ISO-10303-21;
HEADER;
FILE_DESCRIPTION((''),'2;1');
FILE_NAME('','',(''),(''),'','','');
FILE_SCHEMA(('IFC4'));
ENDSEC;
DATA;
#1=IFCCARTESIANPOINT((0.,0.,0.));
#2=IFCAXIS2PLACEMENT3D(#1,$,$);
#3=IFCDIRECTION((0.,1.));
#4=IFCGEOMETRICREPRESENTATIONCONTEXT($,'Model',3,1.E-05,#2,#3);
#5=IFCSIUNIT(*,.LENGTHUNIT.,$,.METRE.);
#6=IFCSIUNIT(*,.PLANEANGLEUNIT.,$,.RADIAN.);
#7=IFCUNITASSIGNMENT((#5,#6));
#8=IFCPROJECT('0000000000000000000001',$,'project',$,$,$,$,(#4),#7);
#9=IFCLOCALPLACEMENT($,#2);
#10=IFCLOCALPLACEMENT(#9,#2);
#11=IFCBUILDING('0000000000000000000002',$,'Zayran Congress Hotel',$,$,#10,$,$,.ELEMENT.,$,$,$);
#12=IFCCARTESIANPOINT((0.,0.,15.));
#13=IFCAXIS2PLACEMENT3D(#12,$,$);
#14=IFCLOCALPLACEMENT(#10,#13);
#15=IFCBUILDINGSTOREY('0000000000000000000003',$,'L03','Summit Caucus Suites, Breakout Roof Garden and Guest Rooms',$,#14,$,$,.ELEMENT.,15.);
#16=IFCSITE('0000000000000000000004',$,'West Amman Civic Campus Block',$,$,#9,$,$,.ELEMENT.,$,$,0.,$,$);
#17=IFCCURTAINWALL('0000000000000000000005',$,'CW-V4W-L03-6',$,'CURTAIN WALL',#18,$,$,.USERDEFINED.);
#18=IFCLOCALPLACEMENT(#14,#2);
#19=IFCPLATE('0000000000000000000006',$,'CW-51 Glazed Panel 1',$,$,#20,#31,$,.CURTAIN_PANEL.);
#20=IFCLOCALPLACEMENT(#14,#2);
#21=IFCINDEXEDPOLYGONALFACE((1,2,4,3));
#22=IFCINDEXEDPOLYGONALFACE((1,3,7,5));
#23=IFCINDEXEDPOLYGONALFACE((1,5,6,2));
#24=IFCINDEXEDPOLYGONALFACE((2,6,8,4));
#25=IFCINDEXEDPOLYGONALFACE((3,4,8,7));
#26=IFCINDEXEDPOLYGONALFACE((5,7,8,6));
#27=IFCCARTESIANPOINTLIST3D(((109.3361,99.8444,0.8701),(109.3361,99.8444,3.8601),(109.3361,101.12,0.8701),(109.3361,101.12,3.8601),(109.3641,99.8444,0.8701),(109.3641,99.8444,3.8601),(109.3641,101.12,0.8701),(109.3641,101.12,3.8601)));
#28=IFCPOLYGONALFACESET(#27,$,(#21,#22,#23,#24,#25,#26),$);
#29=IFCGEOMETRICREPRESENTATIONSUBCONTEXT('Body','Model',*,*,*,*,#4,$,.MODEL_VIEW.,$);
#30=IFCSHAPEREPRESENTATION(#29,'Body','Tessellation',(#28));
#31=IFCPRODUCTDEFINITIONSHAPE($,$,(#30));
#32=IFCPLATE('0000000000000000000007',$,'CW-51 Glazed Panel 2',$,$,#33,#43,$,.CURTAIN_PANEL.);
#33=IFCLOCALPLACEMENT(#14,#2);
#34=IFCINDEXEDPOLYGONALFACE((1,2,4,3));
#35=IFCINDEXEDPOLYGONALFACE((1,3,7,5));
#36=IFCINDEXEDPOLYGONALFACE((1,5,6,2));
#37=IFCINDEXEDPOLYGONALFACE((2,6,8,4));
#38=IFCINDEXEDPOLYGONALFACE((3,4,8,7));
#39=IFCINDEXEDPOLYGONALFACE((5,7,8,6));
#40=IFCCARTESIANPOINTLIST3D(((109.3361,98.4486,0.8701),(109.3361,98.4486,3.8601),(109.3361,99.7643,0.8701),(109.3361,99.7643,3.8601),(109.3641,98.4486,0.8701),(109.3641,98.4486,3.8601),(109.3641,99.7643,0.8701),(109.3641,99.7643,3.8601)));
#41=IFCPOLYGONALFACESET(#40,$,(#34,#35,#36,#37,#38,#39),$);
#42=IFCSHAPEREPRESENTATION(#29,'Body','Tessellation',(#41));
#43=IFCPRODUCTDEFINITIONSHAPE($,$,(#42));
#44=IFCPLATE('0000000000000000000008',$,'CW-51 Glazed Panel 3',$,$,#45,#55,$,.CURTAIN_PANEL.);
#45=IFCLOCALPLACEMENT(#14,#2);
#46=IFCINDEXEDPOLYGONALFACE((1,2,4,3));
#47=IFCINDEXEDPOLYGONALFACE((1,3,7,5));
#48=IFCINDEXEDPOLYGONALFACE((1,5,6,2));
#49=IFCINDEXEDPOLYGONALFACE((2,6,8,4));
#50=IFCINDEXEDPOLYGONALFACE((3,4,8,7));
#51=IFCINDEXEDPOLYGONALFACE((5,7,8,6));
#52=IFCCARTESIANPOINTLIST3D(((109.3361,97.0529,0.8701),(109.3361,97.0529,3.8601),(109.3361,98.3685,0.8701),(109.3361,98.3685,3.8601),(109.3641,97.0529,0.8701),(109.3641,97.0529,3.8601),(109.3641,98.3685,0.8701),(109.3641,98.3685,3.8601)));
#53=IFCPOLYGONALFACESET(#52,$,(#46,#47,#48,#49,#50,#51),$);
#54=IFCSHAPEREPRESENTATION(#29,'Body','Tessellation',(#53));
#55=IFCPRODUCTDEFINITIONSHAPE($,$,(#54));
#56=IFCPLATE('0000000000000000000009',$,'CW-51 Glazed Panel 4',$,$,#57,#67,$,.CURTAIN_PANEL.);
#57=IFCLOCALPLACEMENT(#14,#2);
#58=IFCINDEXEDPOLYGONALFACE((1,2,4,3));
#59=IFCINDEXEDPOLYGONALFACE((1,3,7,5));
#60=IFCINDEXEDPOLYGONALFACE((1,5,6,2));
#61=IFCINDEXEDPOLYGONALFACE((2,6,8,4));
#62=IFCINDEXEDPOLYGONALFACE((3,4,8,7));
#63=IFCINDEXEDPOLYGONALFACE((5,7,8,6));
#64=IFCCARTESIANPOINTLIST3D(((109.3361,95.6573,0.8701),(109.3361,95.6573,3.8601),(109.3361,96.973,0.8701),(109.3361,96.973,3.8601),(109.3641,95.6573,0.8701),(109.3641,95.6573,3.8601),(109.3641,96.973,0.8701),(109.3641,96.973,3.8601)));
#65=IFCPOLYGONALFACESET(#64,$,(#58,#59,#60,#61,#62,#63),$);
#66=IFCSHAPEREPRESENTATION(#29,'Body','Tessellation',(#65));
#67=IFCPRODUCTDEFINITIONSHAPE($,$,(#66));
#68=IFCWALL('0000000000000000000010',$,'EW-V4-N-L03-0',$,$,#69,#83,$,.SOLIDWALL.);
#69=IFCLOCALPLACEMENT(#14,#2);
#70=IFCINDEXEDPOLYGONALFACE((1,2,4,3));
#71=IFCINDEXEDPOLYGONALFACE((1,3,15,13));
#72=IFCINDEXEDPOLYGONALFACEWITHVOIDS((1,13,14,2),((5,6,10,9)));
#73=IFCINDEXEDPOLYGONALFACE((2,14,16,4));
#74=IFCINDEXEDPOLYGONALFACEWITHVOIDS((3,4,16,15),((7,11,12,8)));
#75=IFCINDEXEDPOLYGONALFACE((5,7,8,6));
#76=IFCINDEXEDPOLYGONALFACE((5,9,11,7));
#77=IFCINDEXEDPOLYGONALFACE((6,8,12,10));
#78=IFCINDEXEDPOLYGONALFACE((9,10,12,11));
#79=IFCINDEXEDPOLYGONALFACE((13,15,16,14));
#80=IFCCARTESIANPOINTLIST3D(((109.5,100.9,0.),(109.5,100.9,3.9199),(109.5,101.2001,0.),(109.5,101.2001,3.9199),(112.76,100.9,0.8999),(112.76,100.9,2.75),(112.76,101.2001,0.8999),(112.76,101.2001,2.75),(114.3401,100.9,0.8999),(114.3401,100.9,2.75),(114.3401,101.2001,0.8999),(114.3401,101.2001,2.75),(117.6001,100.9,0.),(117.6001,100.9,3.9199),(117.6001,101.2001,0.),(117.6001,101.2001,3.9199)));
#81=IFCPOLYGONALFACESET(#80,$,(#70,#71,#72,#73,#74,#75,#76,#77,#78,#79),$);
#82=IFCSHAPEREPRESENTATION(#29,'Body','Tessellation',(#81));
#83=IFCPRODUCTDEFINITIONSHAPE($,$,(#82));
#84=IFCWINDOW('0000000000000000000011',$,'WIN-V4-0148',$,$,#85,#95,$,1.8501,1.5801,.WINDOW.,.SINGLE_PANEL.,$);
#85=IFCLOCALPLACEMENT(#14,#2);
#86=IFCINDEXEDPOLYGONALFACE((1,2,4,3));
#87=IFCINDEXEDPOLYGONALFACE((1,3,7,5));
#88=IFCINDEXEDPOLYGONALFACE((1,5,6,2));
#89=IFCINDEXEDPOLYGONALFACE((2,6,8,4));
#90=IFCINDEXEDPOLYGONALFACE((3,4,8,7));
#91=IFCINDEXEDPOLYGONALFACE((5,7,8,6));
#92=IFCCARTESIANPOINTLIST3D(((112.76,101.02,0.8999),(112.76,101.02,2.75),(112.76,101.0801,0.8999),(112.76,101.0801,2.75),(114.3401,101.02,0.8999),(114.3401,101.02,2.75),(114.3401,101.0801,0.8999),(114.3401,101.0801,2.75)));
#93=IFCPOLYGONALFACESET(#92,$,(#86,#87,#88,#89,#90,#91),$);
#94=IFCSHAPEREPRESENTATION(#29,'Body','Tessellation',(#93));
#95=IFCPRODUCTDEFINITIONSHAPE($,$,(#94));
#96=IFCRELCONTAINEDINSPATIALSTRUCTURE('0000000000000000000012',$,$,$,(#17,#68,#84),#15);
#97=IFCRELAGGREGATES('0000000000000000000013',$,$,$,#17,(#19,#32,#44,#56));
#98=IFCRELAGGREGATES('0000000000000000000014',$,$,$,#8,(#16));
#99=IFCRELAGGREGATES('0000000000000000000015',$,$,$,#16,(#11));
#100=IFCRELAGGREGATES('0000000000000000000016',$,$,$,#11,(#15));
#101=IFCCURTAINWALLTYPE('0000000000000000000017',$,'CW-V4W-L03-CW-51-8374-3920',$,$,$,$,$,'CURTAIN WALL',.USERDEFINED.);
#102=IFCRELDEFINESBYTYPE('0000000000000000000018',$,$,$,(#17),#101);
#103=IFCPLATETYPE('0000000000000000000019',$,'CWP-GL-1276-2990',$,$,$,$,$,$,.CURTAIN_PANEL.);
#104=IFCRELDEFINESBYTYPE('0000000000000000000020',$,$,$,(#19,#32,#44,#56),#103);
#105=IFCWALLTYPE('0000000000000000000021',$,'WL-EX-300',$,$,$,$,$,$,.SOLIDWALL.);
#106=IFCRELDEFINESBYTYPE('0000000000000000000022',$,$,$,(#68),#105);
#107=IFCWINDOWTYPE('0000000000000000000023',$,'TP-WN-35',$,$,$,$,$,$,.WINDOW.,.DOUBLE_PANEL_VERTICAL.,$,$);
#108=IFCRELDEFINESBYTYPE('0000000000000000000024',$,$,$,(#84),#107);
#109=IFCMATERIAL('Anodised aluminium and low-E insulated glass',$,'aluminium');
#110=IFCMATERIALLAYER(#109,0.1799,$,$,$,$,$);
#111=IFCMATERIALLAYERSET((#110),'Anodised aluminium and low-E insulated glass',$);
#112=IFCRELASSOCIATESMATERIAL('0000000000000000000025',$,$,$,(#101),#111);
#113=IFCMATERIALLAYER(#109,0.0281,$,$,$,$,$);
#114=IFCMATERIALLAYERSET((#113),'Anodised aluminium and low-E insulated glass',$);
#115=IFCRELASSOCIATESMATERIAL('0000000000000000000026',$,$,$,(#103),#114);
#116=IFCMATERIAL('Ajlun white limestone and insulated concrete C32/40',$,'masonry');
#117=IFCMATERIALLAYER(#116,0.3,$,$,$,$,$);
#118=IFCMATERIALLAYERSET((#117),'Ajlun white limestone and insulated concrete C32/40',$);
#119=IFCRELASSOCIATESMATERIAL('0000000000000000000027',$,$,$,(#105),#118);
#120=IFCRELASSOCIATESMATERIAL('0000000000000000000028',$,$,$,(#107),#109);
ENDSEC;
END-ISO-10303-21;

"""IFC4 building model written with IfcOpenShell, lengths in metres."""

from ifc_helpers import new_model, si_unit, direction, frame, frame_2d, origin, origin_2d, place, context, subcontext, project, spatial, rectangle, extrude, material, layer, layer_set, type_object, element, fill, aggregate, save


model = new_model("IFC4")

# Units and contexts
model_context = context("Model", 3, precision=1e-05, world=origin(), true_north=direction((0.0, 1.0)))
body_context = subcontext(model_context, "Body", "Model", "MODEL_VIEW")
ifc_project = project(units=[si_unit("LENGTHUNIT", "METRE"), si_unit("PLANEANGLEUNIT", "RADIAN")], contexts=[model_context])

# Site, building, storey
site_placement = place(None, origin())
site = spatial("IfcSite", under=ifc_project, at=site_placement, Name="West Amman Civic Campus Block", CompositionType="ELEMENT", RefElevation=0.0)
building_placement = place(site_placement, origin())
building = spatial("IfcBuilding", under=site, at=building_placement, Name="Zayran Congress Hotel", CompositionType="ELEMENT")
storey_placement = place(building_placement, frame((0.0, 0.0, 15.0)))
storey = spatial("IfcBuildingStorey", under=building, at=storey_placement, Name="L03", Description="Summit Caucus Suites, Breakout Roof Garden and Guest Rooms", CompositionType="ELEMENT", Elevation=15.0)

# Curtain wall, plates
ifc_material_1 = material(Name="Anodised aluminium and low-E insulated glass", Category="aluminium")
ifc_layer_1 = layer(ifc_material_1, 0.1799)
ifc_layer_set_1 = layer_set([ifc_layer_1], Name="Anodised aluminium and low-E insulated glass")
curtain_wall_type = type_object("IfcCurtainWallType", Name="CW-V4W-L03-CW-51-8374-3920", ElementType="CURTAIN WALL", PredefinedType="USERDEFINED", material=ifc_layer_set_1)
curtain_wall_placement = place(storey_placement, origin())
curtain_wall = element("IfcCurtainWall", 1, at=curtain_wall_placement, inside=storey, type_object=curtain_wall_type, Name="CW-V4W-L03-6", ObjectType="CURTAIN WALL", PredefinedType="USERDEFINED")
ifc_layer_2 = layer(ifc_material_1, 0.0281)
ifc_layer_set_2 = layer_set([ifc_layer_2], Name="Anodised aluminium and low-E insulated glass")
plate_type_1 = type_object("IfcPlateType", Name="CWP-GL-1276-2990", PredefinedType="CURTAIN_PANEL", material=ifc_layer_set_2)
plate_1_placement = place(storey_placement, frame((109.3501, 100.4822, 0.8701), z_axis=(0.0, 0.0, 1.0), x_axis=(0.0, 1.0, 0.0)))
plate_1 = element("IfcPlate", 2, at=plate_1_placement, type_object=plate_type_1, Name="CW-51 Glazed Panel 1", PredefinedType="CURTAIN_PANEL", context=body_context, shape_type="SweptSolid", body=[
    extrude(rectangle(XDim=1.2756, YDim=0.0281, at=origin_2d()), origin(), (0.0, 0.0, 1.0), 2.99),
])
plate_2_placement = place(storey_placement, frame((109.3501, 99.1064, 0.8701), z_axis=(0.0, 0.0, 1.0), x_axis=(0.0, 1.0, 0.0)))
plate_2 = element("IfcPlate", 3, at=plate_2_placement, type_object=plate_type_1, Name="CW-51 Glazed Panel 2", PredefinedType="CURTAIN_PANEL", context=body_context, shape_type="SweptSolid", body=[
    extrude(rectangle(XDim=1.3157, YDim=0.0281, at=origin_2d()), origin(), (0.0, 0.0, 1.0), 2.99),
])
plate_3_placement = place(storey_placement, frame((109.3501, 97.7107, 0.8701), z_axis=(0.0, 0.0, 1.0), x_axis=(0.0, 1.0, 0.0)))
plate_3 = element("IfcPlate", 4, at=plate_3_placement, type_object=plate_type_1, Name="CW-51 Glazed Panel 3", PredefinedType="CURTAIN_PANEL", context=body_context, shape_type="SweptSolid", body=[
    extrude(rectangle(XDim=1.3157, YDim=0.0281, at=origin_2d()), origin(), (0.0, 0.0, 1.0), 2.99),
])
plate_4_placement = place(storey_placement, frame((109.3501, 96.3152, 0.8701), z_axis=(0.0, 0.0, 1.0), x_axis=(0.0, 1.0, 0.0)))
plate_4 = element("IfcPlate", 5, at=plate_4_placement, type_object=plate_type_1, Name="CW-51 Glazed Panel 4", PredefinedType="CURTAIN_PANEL", context=body_context, shape_type="SweptSolid", body=[
    extrude(rectangle(XDim=1.3157, YDim=0.0281, at=origin_2d()), origin(), (0.0, 0.0, 1.0), 2.99),
])
aggregate(curtain_wall, [plate_1, plate_2, plate_3, plate_4])

# Wall, opening, window
ifc_material_2 = material(Name="Ajlun white limestone and insulated concrete C32/40", Category="masonry")
ifc_layer_3 = layer(ifc_material_2, 0.3)
ifc_layer_set_3 = layer_set([ifc_layer_3], Name="Ajlun white limestone and insulated concrete C32/40")
wall_type = type_object("IfcWallType", Name="WL-EX-300", PredefinedType="SOLIDWALL", material=ifc_layer_set_3)
wall_placement = place(storey_placement, frame((109.5, 101.05, 0.0), z_axis=(0.0, 0.0, 1.0), x_axis=(1.0, 0.0, 0.0)))
wall = element("IfcWall", 6, at=wall_placement, inside=storey, type_object=wall_type, Name="EW-V4-N-L03-0", PredefinedType="SOLIDWALL", context=body_context, shape_type="SweptSolid", body=[
    extrude(rectangle(XDim=8.1001, YDim=0.3, at=frame_2d((4.05, 0.0))), origin(), (0.0, 0.0, 1.0), 3.9199),
])
opening_placement = place(wall_placement, frame((3.26, 0.0, 0.8999)))
opening = element("IfcOpeningElement", 7, at=opening_placement, cuts=wall, PredefinedType="OPENING", context=body_context, shape_type="SweptSolid", body=[
    extrude(rectangle(XDim=1.5801, YDim=1.8501, at=frame_2d((0.79, 0.925))), frame((0.0, 0.1599, 0.0), z_axis=(0.0, -1.0, 0.0), x_axis=(1.0, 0.0, 0.0)), (0.0, 0.0, 1.0), 0.3201),
])
window_type = type_object("IfcWindowType", Name="TP-WN-35", PartitioningType="DOUBLE_PANEL_VERTICAL", PredefinedType="WINDOW", material=ifc_material_1)
window_placement = place(opening_placement, origin())
window = element("IfcWindow", 8, at=window_placement, inside=storey, type_object=window_type, Name="WIN-V4-0148", OverallHeight=1.8501, OverallWidth=1.5801, PartitioningType="SINGLE_PANEL", PredefinedType="WINDOW", context=body_context, shape_type="SweptSolid", body=[
    extrude(rectangle(XDim=1.5801, YDim=1.8501, at=frame_2d((0.79, 0.925))), frame((0.0, 0.03, 0.0), z_axis=(0.0, -1.0, 0.0), x_axis=(1.0, 0.0, 0.0)), (0.0, 0.0, 1.0), 0.0601),
])
fill(opening, window)

save(model, "model.ifc")
